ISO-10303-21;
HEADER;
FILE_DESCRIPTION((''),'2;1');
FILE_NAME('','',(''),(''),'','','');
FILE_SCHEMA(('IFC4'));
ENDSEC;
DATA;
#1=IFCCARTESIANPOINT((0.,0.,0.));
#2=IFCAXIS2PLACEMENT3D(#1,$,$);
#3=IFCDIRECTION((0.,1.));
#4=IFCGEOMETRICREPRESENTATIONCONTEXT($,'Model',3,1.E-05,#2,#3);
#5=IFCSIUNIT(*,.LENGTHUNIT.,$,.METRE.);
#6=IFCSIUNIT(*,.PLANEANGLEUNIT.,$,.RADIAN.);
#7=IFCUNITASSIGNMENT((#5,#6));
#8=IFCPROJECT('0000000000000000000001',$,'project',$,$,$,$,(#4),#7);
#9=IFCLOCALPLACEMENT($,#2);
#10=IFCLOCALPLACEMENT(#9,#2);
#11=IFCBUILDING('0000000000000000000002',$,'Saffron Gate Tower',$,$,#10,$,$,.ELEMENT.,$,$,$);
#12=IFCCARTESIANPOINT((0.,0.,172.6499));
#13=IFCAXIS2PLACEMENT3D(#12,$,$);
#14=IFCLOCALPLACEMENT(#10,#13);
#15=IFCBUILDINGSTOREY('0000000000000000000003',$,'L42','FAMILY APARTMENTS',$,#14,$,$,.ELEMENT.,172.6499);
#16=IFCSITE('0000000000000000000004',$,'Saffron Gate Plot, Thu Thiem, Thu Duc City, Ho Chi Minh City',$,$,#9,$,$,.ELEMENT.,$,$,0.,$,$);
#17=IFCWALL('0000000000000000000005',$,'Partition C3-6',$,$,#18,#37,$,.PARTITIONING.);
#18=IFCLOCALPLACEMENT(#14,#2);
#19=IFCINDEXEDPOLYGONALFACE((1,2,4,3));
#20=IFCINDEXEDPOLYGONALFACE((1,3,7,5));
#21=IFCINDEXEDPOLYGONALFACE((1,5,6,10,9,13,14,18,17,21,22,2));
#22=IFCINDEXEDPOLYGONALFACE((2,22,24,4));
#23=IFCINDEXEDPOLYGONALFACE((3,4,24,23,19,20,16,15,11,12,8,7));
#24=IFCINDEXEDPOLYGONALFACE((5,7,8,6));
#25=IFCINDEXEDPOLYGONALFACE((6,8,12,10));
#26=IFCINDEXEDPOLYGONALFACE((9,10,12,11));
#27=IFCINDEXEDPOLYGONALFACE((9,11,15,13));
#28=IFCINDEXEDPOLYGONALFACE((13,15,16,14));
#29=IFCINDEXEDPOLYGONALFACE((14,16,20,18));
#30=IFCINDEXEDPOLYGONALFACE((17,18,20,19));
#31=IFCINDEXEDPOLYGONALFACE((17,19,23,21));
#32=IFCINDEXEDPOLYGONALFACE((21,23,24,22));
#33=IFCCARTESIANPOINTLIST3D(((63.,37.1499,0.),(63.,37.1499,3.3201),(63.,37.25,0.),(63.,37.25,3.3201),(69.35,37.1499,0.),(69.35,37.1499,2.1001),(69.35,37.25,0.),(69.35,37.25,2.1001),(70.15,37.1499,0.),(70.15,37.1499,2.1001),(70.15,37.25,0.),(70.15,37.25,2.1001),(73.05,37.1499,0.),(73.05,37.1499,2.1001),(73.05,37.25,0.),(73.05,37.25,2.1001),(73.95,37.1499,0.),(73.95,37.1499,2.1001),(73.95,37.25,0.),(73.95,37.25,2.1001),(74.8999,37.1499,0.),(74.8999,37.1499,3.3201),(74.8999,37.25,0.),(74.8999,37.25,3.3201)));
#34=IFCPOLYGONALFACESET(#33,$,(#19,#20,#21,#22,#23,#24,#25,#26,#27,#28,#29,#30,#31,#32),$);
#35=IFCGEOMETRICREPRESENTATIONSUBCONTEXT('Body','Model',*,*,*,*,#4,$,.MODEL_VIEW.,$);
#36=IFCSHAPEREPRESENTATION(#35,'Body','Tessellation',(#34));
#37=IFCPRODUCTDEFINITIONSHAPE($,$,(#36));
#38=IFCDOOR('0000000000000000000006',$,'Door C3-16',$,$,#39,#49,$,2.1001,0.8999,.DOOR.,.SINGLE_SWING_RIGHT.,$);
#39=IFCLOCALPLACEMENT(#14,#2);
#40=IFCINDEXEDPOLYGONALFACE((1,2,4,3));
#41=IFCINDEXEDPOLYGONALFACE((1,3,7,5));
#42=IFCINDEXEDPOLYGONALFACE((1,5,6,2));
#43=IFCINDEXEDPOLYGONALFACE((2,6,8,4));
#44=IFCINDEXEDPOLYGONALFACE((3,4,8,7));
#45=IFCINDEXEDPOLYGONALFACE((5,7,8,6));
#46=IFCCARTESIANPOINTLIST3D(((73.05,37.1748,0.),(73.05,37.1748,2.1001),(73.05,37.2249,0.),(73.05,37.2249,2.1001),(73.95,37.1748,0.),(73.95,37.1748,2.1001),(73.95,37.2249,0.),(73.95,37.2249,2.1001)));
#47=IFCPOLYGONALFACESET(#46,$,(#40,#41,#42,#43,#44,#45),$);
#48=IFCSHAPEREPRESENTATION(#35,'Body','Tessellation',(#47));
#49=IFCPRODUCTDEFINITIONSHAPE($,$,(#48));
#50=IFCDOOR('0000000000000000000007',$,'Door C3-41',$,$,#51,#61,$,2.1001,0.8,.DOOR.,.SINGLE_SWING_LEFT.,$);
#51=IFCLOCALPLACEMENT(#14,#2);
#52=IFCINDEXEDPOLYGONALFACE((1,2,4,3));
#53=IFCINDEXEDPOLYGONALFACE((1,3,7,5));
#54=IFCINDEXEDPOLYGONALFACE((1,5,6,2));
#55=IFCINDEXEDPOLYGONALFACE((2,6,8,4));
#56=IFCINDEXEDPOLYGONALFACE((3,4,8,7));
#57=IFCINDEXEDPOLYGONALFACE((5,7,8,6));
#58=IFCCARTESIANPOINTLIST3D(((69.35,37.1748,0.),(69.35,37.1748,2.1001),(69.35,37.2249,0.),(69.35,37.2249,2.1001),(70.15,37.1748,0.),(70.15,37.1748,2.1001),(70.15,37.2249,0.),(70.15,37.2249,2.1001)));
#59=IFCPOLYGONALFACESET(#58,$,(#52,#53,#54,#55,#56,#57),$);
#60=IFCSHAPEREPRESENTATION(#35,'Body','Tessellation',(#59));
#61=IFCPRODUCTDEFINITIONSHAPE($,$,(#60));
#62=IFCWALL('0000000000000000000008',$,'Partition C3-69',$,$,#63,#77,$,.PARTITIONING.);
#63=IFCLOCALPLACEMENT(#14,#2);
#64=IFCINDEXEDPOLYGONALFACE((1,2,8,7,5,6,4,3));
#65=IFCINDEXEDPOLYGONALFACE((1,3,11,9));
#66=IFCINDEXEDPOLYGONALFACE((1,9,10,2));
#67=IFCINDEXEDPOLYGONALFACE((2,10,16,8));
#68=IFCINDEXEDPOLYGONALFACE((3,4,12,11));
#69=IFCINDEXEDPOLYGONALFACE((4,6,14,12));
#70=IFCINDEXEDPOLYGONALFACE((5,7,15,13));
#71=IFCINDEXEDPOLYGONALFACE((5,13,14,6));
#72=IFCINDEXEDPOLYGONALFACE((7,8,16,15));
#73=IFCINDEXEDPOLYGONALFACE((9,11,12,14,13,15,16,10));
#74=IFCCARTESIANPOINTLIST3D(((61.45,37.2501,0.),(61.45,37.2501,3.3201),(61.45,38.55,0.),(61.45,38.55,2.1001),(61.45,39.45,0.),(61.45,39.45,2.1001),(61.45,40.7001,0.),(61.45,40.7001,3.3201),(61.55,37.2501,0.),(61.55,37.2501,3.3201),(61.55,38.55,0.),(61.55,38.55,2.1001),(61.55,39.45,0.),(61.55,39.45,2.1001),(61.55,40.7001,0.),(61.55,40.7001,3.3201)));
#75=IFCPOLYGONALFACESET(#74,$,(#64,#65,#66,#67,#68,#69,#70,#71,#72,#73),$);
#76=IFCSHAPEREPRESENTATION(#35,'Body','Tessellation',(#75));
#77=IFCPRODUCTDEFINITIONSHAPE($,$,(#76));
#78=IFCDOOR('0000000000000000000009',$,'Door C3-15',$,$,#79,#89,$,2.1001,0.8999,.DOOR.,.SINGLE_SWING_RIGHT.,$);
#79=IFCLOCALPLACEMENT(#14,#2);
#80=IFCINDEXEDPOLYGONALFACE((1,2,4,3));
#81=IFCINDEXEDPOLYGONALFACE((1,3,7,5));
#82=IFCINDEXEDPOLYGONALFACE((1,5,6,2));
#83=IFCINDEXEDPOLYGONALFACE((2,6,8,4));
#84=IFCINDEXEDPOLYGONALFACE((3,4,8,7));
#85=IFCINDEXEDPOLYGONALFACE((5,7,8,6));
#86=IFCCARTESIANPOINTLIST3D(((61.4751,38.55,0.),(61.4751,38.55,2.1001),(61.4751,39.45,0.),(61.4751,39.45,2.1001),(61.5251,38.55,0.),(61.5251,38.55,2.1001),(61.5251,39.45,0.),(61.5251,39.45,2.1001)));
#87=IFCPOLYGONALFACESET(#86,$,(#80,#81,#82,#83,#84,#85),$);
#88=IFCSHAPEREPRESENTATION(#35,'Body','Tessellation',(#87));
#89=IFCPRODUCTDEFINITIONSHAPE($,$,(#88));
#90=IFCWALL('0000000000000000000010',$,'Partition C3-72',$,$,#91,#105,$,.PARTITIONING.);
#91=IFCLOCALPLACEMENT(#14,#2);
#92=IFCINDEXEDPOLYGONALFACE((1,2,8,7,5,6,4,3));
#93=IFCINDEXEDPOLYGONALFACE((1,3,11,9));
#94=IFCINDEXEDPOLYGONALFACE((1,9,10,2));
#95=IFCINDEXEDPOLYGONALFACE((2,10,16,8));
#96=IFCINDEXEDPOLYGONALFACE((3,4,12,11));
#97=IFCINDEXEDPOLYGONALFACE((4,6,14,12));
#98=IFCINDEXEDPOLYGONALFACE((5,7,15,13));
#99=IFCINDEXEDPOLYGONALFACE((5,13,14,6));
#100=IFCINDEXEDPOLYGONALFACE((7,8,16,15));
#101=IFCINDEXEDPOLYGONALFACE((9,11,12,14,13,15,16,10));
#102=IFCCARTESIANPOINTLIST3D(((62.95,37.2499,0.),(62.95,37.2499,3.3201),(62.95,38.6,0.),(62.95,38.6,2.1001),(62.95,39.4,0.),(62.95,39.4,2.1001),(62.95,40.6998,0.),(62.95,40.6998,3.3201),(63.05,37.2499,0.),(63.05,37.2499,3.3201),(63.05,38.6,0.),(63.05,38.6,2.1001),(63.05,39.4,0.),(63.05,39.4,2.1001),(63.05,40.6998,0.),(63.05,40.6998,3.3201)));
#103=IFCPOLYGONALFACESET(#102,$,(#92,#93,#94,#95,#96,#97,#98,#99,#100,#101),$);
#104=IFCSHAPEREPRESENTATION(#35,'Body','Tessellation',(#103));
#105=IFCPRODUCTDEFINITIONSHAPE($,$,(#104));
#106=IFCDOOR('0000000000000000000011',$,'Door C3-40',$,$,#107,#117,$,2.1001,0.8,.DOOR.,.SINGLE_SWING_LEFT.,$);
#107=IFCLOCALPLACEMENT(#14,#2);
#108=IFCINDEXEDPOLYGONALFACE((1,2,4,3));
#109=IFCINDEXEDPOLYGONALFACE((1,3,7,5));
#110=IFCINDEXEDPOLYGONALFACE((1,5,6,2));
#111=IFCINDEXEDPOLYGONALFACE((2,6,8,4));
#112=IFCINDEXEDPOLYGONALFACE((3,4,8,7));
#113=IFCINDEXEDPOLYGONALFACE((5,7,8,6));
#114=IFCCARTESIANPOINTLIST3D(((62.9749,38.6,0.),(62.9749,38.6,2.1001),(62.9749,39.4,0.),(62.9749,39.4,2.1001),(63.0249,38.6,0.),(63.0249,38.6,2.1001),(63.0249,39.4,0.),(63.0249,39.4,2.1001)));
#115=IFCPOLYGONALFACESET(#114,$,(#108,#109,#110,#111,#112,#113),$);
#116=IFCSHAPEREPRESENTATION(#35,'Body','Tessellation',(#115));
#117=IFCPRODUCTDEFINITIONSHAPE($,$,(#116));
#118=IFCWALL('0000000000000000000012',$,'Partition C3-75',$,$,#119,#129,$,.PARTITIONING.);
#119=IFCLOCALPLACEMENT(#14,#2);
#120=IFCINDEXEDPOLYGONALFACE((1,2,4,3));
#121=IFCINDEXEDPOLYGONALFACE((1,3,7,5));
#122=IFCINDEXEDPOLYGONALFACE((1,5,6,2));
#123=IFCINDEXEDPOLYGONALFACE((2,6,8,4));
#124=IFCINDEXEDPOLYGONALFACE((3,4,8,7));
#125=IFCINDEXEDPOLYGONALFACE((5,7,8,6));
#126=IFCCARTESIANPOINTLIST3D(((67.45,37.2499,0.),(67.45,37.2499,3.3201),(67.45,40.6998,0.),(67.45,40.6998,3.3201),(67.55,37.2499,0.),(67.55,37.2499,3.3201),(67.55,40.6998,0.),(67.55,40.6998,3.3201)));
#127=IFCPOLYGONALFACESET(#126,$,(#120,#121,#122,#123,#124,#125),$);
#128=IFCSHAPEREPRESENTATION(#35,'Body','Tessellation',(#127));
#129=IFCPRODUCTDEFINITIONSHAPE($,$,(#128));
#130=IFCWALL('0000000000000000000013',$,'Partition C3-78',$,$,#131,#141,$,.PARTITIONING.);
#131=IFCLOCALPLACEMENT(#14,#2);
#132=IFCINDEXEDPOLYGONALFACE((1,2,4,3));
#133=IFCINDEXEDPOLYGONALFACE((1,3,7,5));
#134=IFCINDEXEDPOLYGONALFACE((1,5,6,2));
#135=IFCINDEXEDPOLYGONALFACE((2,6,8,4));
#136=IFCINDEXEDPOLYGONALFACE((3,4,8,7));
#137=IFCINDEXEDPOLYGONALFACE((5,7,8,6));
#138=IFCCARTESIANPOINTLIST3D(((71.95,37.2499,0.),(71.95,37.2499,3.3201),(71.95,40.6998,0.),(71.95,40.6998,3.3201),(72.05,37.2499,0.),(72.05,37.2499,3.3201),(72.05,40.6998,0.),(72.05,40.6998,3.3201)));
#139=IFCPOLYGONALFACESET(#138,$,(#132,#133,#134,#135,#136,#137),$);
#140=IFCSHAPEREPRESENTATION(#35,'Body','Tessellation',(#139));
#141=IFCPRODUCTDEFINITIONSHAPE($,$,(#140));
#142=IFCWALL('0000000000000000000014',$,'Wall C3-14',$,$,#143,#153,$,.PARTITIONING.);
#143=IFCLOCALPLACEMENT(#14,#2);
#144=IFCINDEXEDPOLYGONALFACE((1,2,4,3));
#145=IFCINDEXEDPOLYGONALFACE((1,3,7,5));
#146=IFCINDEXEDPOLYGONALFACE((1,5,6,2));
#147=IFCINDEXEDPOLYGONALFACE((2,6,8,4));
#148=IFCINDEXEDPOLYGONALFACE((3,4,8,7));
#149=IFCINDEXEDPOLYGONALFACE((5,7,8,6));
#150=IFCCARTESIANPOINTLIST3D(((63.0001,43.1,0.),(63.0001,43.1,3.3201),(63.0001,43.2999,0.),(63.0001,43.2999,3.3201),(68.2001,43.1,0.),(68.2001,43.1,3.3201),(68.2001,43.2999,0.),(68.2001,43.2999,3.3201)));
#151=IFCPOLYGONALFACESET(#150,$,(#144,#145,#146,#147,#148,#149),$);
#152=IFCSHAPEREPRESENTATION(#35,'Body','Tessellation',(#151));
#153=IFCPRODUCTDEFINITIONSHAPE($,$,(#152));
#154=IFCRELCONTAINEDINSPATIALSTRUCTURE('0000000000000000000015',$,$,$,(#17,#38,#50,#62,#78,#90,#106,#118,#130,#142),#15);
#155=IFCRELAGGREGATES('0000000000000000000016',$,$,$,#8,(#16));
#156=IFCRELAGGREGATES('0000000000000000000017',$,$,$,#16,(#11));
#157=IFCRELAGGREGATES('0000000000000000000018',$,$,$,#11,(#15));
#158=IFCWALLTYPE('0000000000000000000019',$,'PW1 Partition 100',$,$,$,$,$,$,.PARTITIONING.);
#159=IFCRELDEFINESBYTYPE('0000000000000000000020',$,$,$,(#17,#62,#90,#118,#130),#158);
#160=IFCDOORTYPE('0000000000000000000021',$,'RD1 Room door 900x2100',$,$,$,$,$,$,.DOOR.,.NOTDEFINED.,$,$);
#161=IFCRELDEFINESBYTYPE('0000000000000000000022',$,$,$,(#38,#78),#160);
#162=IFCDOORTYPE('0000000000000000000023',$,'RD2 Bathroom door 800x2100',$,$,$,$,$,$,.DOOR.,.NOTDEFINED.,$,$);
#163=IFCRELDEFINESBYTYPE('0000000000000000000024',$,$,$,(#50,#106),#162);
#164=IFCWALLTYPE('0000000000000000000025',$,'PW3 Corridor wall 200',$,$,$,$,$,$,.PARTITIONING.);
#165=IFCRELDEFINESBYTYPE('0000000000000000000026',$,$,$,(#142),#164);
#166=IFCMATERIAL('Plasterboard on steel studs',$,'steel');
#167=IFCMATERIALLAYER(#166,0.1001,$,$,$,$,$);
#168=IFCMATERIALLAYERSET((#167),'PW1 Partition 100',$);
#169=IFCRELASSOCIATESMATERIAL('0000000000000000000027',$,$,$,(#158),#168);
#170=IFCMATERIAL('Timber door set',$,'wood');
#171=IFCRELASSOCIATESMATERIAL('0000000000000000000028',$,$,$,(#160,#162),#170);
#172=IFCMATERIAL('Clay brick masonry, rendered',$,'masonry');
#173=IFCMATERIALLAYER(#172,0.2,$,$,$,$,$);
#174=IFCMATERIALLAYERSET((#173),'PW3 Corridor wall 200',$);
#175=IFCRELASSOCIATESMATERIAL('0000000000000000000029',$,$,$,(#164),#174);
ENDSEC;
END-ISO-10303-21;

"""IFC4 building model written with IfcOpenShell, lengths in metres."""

from ifc_helpers import new_model, si_unit, direction, frame, frame_2d, origin, place, context, subcontext, project, spatial, rectangle, extrude, material, layer, layer_set, type_object, element, fill, save


model = new_model("IFC4")

# Units and contexts
model_context = context("Model", 3, precision=1e-05, world=origin(), true_north=direction((0.0, 1.0)))
body_context = subcontext(model_context, "Body", "Model", "MODEL_VIEW")
ifc_project = project(units=[si_unit("LENGTHUNIT", "METRE"), si_unit("PLANEANGLEUNIT", "RADIAN")], contexts=[model_context])

# Site, building, storey
site_placement = place(None, origin())
site = spatial("IfcSite", under=ifc_project, at=site_placement, Name="Saffron Gate Plot, Thu Thiem, Thu Duc City, Ho Chi Minh City", CompositionType="ELEMENT", RefElevation=0.0)
building_placement = place(site_placement, origin())
building = spatial("IfcBuilding", under=site, at=building_placement, Name="Saffron Gate Tower", CompositionType="ELEMENT")
storey_placement = place(building_placement, frame((0.0, 0.0, 172.6499)))
storey = spatial("IfcBuildingStorey", under=building, at=storey_placement, Name="L42", Description="FAMILY APARTMENTS", CompositionType="ELEMENT", Elevation=172.6499)

# Wall, openings, doors
ifc_material_1 = material(Name="Plasterboard on steel studs", Category="steel")
ifc_layer_1 = layer(ifc_material_1, 0.1001)
ifc_layer_set_1 = layer_set([ifc_layer_1], Name="PW1 Partition 100")
wall_type_1 = type_object("IfcWallType", Name="PW1 Partition 100", PredefinedType="PARTITIONING", material=ifc_layer_set_1)
ifc_material_2 = material(Name="Timber door set", Category="wood")
door_type_1 = type_object("IfcDoorType", Name="RD1 Room door 900x2100", OperationType="NOTDEFINED", PredefinedType="DOOR", material=ifc_material_2)
wall_1_placement = place(storey_placement, frame((63.0, 37.2, 0.0), z_axis=(0.0, 0.0, 1.0), x_axis=(1.0, 0.0, 0.0)))
wall_1 = element("IfcWall", 1, at=wall_1_placement, inside=storey, type_object=wall_type_1, Name="Partition C3-6", PredefinedType="PARTITIONING", context=body_context, shape_type="SweptSolid", body=[
    extrude(rectangle(XDim=11.8999, YDim=0.1001, at=frame_2d((5.95, 0.0))), origin(), (0.0, 0.0, 1.0), 3.3201),
])
opening_1_placement = place(wall_1_placement, frame((6.3501, 0.0, 0.0)))
opening_1 = element("IfcOpeningElement", 2, at=opening_1_placement, cuts=wall_1, PredefinedType="OPENING", context=body_context, shape_type="SweptSolid", body=[
    extrude(rectangle(XDim=0.8, YDim=2.1001, at=frame_2d((0.3999, 1.05))), frame((0.0, 0.0601, 0.0), z_axis=(0.0, -1.0, 0.0), x_axis=(1.0, 0.0, 0.0)), (0.0, 0.0, 1.0), 0.1201),
])
opening_2_placement = place(wall_1_placement, frame((10.05, 0.0, 0.0)))
opening_2 = element("IfcOpeningElement", 3, at=opening_2_placement, cuts=wall_1, PredefinedType="OPENING", context=body_context, shape_type="SweptSolid", body=[
    extrude(rectangle(XDim=0.8999, YDim=2.1001, at=frame_2d((0.45, 1.05))), frame((0.0, 0.0601, 0.0), z_axis=(0.0, -1.0, 0.0), x_axis=(1.0, 0.0, 0.0)), (0.0, 0.0, 1.0), 0.1201),
])
door_1_placement = place(opening_2_placement, origin())
door_1 = element("IfcDoor", 4, at=door_1_placement, inside=storey, type_object=door_type_1, Name="Door C3-16", OperationType="SINGLE_SWING_RIGHT", OverallHeight=2.1001, OverallWidth=0.8999, PredefinedType="DOOR", context=body_context, shape_type="SweptSolid", body=[
    extrude(rectangle(XDim=0.8999, YDim=2.1001, at=frame_2d((0.45, 1.05))), frame((0.0, 0.0249, 0.0), z_axis=(0.0, -1.0, 0.0), x_axis=(1.0, 0.0, 0.0)), (0.0, 0.0, 1.0), 0.05),
])
fill(opening_2, door_1)
door_type_2 = type_object("IfcDoorType", Name="RD2 Bathroom door 800x2100", OperationType="NOTDEFINED", PredefinedType="DOOR", material=ifc_material_2)
door_2_placement = place(opening_1_placement, origin())
door_2 = element("IfcDoor", 5, at=door_2_placement, inside=storey, type_object=door_type_2, Name="Door C3-41", OperationType="SINGLE_SWING_LEFT", OverallHeight=2.1001, OverallWidth=0.8, PredefinedType="DOOR", context=body_context, shape_type="SweptSolid", body=[
    extrude(rectangle(XDim=0.8, YDim=2.1001, at=frame_2d((0.3999, 1.05))), frame((0.0, 0.0249, 0.0), z_axis=(0.0, -1.0, 0.0), x_axis=(1.0, 0.0, 0.0)), (0.0, 0.0, 1.0), 0.05),
])
fill(opening_1, door_2)

# Walls, openings, doors
wall_2_placement = place(storey_placement, frame((61.5, 37.25, 0.0), z_axis=(0.0, 0.0, 1.0), x_axis=(0.0, 1.0, 0.0)))
wall_2 = element("IfcWall", 6, at=wall_2_placement, inside=storey, type_object=wall_type_1, Name="Partition C3-69", PredefinedType="PARTITIONING", context=body_context, shape_type="SweptSolid", body=[
    extrude(rectangle(XDim=3.45, YDim=0.1001, at=frame_2d((1.7251, 0.0))), origin(), (0.0, 0.0, 1.0), 3.3201),
])
opening_3_placement = place(wall_2_placement, frame((1.3, 0.0, 0.0)))
opening_3 = element("IfcOpeningElement", 7, at=opening_3_placement, cuts=wall_2, PredefinedType="OPENING", context=body_context, shape_type="SweptSolid", body=[
    extrude(rectangle(XDim=0.8999, YDim=2.1001, at=frame_2d((0.45, 1.05))), frame((0.0, 0.0601, 0.0), z_axis=(0.0, -1.0, 0.0), x_axis=(1.0, 0.0, 0.0)), (0.0, 0.0, 1.0), 0.1201),
])
door_3_placement = place(opening_3_placement, origin())
door_3 = element("IfcDoor", 8, at=door_3_placement, inside=storey, type_object=door_type_1, Name="Door C3-15", OperationType="SINGLE_SWING_RIGHT", OverallHeight=2.1001, OverallWidth=0.8999, PredefinedType="DOOR", context=body_context, shape_type="SweptSolid", body=[
    extrude(rectangle(XDim=0.8999, YDim=2.1001, at=frame_2d((0.45, 1.05))), frame((0.0, 0.0249, 0.0), z_axis=(0.0, -1.0, 0.0), x_axis=(1.0, 0.0, 0.0)), (0.0, 0.0, 1.0), 0.05),
])
fill(opening_3, door_3)
wall_3_placement = place(storey_placement, frame((63.0, 40.7, 0.0), z_axis=(0.0, 0.0, 1.0), x_axis=(0.0, -1.0, 0.0)))
wall_3 = element("IfcWall", 9, at=wall_3_placement, inside=storey, type_object=wall_type_1, Name="Partition C3-72", PredefinedType="PARTITIONING", context=body_context, shape_type="SweptSolid", body=[
    extrude(rectangle(XDim=3.45, YDim=0.1001, at=frame_2d((1.7251, 0.0))), origin(), (0.0, 0.0, 1.0), 3.3201),
])
opening_4_placement = place(wall_3_placement, frame((1.3, 0.0, 0.0)))
opening_4 = element("IfcOpeningElement", 10, at=opening_4_placement, cuts=wall_3, PredefinedType="OPENING", context=body_context, shape_type="SweptSolid", body=[
    extrude(rectangle(XDim=0.8, YDim=2.1001, at=frame_2d((0.3999, 1.05))), frame((0.0, 0.0601, 0.0), z_axis=(0.0, -1.0, 0.0), x_axis=(1.0, 0.0, 0.0)), (0.0, 0.0, 1.0), 0.1201),
])
door_4_placement = place(opening_4_placement, origin())
door_4 = element("IfcDoor", 11, at=door_4_placement, inside=storey, type_object=door_type_2, Name="Door C3-40", OperationType="SINGLE_SWING_LEFT", OverallHeight=2.1001, OverallWidth=0.8, PredefinedType="DOOR", context=body_context, shape_type="SweptSolid", body=[
    extrude(rectangle(XDim=0.8, YDim=2.1001, at=frame_2d((0.3999, 1.05))), frame((0.0, 0.0249, 0.0), z_axis=(0.0, -1.0, 0.0), x_axis=(1.0, 0.0, 0.0)), (0.0, 0.0, 1.0), 0.05),
])
fill(opening_4, door_4)

# Walls
for number, where, z_axis, x_axis, name in (
    (12, (67.5, 40.7, 0.0), (0.0, 0.0, 1.0), (0.0, -1.0, 0.0), "Partition C3-75"),
    (13, (72.0, 40.7, 0.0), (0.0, 0.0, 1.0), (0.0, -1.0, 0.0), "Partition C3-78"),
):
    element("IfcWall", number, at=place(storey_placement, frame(where, z_axis=z_axis, x_axis=x_axis)), inside=storey, type_object=wall_type_1, Name=name, PredefinedType="PARTITIONING", context=body_context, shape_type="SweptSolid", body=[
        extrude(rectangle(XDim=3.45, YDim=0.1001, at=frame_2d((1.7251, 0.0))), origin(), (0.0, 0.0, 1.0), 3.3201),
    ])
ifc_material_3 = material(Name="Clay brick masonry, rendered", Category="masonry")
ifc_layer_2 = layer(ifc_material_3, 0.2)
ifc_layer_set_2 = layer_set([ifc_layer_2], Name="PW3 Corridor wall 200")
wall_type_2 = type_object("IfcWallType", Name="PW3 Corridor wall 200", PredefinedType="PARTITIONING", material=ifc_layer_set_2)
wall_4_placement = place(storey_placement, frame((63.0, 43.2, 0.0), z_axis=(0.0, 0.0, 1.0), x_axis=(1.0, 0.0, 0.0)))
element("IfcWall", 14, at=wall_4_placement, inside=storey, type_object=wall_type_2, Name="Wall C3-14", PredefinedType="PARTITIONING", context=body_context, shape_type="SweptSolid", body=[
    extrude(rectangle(XDim=5.2, YDim=0.2, at=frame_2d((2.6001, 0.0))), origin(), (0.0, 0.0, 1.0), 3.3201),
])

save(model, "model.ifc")
